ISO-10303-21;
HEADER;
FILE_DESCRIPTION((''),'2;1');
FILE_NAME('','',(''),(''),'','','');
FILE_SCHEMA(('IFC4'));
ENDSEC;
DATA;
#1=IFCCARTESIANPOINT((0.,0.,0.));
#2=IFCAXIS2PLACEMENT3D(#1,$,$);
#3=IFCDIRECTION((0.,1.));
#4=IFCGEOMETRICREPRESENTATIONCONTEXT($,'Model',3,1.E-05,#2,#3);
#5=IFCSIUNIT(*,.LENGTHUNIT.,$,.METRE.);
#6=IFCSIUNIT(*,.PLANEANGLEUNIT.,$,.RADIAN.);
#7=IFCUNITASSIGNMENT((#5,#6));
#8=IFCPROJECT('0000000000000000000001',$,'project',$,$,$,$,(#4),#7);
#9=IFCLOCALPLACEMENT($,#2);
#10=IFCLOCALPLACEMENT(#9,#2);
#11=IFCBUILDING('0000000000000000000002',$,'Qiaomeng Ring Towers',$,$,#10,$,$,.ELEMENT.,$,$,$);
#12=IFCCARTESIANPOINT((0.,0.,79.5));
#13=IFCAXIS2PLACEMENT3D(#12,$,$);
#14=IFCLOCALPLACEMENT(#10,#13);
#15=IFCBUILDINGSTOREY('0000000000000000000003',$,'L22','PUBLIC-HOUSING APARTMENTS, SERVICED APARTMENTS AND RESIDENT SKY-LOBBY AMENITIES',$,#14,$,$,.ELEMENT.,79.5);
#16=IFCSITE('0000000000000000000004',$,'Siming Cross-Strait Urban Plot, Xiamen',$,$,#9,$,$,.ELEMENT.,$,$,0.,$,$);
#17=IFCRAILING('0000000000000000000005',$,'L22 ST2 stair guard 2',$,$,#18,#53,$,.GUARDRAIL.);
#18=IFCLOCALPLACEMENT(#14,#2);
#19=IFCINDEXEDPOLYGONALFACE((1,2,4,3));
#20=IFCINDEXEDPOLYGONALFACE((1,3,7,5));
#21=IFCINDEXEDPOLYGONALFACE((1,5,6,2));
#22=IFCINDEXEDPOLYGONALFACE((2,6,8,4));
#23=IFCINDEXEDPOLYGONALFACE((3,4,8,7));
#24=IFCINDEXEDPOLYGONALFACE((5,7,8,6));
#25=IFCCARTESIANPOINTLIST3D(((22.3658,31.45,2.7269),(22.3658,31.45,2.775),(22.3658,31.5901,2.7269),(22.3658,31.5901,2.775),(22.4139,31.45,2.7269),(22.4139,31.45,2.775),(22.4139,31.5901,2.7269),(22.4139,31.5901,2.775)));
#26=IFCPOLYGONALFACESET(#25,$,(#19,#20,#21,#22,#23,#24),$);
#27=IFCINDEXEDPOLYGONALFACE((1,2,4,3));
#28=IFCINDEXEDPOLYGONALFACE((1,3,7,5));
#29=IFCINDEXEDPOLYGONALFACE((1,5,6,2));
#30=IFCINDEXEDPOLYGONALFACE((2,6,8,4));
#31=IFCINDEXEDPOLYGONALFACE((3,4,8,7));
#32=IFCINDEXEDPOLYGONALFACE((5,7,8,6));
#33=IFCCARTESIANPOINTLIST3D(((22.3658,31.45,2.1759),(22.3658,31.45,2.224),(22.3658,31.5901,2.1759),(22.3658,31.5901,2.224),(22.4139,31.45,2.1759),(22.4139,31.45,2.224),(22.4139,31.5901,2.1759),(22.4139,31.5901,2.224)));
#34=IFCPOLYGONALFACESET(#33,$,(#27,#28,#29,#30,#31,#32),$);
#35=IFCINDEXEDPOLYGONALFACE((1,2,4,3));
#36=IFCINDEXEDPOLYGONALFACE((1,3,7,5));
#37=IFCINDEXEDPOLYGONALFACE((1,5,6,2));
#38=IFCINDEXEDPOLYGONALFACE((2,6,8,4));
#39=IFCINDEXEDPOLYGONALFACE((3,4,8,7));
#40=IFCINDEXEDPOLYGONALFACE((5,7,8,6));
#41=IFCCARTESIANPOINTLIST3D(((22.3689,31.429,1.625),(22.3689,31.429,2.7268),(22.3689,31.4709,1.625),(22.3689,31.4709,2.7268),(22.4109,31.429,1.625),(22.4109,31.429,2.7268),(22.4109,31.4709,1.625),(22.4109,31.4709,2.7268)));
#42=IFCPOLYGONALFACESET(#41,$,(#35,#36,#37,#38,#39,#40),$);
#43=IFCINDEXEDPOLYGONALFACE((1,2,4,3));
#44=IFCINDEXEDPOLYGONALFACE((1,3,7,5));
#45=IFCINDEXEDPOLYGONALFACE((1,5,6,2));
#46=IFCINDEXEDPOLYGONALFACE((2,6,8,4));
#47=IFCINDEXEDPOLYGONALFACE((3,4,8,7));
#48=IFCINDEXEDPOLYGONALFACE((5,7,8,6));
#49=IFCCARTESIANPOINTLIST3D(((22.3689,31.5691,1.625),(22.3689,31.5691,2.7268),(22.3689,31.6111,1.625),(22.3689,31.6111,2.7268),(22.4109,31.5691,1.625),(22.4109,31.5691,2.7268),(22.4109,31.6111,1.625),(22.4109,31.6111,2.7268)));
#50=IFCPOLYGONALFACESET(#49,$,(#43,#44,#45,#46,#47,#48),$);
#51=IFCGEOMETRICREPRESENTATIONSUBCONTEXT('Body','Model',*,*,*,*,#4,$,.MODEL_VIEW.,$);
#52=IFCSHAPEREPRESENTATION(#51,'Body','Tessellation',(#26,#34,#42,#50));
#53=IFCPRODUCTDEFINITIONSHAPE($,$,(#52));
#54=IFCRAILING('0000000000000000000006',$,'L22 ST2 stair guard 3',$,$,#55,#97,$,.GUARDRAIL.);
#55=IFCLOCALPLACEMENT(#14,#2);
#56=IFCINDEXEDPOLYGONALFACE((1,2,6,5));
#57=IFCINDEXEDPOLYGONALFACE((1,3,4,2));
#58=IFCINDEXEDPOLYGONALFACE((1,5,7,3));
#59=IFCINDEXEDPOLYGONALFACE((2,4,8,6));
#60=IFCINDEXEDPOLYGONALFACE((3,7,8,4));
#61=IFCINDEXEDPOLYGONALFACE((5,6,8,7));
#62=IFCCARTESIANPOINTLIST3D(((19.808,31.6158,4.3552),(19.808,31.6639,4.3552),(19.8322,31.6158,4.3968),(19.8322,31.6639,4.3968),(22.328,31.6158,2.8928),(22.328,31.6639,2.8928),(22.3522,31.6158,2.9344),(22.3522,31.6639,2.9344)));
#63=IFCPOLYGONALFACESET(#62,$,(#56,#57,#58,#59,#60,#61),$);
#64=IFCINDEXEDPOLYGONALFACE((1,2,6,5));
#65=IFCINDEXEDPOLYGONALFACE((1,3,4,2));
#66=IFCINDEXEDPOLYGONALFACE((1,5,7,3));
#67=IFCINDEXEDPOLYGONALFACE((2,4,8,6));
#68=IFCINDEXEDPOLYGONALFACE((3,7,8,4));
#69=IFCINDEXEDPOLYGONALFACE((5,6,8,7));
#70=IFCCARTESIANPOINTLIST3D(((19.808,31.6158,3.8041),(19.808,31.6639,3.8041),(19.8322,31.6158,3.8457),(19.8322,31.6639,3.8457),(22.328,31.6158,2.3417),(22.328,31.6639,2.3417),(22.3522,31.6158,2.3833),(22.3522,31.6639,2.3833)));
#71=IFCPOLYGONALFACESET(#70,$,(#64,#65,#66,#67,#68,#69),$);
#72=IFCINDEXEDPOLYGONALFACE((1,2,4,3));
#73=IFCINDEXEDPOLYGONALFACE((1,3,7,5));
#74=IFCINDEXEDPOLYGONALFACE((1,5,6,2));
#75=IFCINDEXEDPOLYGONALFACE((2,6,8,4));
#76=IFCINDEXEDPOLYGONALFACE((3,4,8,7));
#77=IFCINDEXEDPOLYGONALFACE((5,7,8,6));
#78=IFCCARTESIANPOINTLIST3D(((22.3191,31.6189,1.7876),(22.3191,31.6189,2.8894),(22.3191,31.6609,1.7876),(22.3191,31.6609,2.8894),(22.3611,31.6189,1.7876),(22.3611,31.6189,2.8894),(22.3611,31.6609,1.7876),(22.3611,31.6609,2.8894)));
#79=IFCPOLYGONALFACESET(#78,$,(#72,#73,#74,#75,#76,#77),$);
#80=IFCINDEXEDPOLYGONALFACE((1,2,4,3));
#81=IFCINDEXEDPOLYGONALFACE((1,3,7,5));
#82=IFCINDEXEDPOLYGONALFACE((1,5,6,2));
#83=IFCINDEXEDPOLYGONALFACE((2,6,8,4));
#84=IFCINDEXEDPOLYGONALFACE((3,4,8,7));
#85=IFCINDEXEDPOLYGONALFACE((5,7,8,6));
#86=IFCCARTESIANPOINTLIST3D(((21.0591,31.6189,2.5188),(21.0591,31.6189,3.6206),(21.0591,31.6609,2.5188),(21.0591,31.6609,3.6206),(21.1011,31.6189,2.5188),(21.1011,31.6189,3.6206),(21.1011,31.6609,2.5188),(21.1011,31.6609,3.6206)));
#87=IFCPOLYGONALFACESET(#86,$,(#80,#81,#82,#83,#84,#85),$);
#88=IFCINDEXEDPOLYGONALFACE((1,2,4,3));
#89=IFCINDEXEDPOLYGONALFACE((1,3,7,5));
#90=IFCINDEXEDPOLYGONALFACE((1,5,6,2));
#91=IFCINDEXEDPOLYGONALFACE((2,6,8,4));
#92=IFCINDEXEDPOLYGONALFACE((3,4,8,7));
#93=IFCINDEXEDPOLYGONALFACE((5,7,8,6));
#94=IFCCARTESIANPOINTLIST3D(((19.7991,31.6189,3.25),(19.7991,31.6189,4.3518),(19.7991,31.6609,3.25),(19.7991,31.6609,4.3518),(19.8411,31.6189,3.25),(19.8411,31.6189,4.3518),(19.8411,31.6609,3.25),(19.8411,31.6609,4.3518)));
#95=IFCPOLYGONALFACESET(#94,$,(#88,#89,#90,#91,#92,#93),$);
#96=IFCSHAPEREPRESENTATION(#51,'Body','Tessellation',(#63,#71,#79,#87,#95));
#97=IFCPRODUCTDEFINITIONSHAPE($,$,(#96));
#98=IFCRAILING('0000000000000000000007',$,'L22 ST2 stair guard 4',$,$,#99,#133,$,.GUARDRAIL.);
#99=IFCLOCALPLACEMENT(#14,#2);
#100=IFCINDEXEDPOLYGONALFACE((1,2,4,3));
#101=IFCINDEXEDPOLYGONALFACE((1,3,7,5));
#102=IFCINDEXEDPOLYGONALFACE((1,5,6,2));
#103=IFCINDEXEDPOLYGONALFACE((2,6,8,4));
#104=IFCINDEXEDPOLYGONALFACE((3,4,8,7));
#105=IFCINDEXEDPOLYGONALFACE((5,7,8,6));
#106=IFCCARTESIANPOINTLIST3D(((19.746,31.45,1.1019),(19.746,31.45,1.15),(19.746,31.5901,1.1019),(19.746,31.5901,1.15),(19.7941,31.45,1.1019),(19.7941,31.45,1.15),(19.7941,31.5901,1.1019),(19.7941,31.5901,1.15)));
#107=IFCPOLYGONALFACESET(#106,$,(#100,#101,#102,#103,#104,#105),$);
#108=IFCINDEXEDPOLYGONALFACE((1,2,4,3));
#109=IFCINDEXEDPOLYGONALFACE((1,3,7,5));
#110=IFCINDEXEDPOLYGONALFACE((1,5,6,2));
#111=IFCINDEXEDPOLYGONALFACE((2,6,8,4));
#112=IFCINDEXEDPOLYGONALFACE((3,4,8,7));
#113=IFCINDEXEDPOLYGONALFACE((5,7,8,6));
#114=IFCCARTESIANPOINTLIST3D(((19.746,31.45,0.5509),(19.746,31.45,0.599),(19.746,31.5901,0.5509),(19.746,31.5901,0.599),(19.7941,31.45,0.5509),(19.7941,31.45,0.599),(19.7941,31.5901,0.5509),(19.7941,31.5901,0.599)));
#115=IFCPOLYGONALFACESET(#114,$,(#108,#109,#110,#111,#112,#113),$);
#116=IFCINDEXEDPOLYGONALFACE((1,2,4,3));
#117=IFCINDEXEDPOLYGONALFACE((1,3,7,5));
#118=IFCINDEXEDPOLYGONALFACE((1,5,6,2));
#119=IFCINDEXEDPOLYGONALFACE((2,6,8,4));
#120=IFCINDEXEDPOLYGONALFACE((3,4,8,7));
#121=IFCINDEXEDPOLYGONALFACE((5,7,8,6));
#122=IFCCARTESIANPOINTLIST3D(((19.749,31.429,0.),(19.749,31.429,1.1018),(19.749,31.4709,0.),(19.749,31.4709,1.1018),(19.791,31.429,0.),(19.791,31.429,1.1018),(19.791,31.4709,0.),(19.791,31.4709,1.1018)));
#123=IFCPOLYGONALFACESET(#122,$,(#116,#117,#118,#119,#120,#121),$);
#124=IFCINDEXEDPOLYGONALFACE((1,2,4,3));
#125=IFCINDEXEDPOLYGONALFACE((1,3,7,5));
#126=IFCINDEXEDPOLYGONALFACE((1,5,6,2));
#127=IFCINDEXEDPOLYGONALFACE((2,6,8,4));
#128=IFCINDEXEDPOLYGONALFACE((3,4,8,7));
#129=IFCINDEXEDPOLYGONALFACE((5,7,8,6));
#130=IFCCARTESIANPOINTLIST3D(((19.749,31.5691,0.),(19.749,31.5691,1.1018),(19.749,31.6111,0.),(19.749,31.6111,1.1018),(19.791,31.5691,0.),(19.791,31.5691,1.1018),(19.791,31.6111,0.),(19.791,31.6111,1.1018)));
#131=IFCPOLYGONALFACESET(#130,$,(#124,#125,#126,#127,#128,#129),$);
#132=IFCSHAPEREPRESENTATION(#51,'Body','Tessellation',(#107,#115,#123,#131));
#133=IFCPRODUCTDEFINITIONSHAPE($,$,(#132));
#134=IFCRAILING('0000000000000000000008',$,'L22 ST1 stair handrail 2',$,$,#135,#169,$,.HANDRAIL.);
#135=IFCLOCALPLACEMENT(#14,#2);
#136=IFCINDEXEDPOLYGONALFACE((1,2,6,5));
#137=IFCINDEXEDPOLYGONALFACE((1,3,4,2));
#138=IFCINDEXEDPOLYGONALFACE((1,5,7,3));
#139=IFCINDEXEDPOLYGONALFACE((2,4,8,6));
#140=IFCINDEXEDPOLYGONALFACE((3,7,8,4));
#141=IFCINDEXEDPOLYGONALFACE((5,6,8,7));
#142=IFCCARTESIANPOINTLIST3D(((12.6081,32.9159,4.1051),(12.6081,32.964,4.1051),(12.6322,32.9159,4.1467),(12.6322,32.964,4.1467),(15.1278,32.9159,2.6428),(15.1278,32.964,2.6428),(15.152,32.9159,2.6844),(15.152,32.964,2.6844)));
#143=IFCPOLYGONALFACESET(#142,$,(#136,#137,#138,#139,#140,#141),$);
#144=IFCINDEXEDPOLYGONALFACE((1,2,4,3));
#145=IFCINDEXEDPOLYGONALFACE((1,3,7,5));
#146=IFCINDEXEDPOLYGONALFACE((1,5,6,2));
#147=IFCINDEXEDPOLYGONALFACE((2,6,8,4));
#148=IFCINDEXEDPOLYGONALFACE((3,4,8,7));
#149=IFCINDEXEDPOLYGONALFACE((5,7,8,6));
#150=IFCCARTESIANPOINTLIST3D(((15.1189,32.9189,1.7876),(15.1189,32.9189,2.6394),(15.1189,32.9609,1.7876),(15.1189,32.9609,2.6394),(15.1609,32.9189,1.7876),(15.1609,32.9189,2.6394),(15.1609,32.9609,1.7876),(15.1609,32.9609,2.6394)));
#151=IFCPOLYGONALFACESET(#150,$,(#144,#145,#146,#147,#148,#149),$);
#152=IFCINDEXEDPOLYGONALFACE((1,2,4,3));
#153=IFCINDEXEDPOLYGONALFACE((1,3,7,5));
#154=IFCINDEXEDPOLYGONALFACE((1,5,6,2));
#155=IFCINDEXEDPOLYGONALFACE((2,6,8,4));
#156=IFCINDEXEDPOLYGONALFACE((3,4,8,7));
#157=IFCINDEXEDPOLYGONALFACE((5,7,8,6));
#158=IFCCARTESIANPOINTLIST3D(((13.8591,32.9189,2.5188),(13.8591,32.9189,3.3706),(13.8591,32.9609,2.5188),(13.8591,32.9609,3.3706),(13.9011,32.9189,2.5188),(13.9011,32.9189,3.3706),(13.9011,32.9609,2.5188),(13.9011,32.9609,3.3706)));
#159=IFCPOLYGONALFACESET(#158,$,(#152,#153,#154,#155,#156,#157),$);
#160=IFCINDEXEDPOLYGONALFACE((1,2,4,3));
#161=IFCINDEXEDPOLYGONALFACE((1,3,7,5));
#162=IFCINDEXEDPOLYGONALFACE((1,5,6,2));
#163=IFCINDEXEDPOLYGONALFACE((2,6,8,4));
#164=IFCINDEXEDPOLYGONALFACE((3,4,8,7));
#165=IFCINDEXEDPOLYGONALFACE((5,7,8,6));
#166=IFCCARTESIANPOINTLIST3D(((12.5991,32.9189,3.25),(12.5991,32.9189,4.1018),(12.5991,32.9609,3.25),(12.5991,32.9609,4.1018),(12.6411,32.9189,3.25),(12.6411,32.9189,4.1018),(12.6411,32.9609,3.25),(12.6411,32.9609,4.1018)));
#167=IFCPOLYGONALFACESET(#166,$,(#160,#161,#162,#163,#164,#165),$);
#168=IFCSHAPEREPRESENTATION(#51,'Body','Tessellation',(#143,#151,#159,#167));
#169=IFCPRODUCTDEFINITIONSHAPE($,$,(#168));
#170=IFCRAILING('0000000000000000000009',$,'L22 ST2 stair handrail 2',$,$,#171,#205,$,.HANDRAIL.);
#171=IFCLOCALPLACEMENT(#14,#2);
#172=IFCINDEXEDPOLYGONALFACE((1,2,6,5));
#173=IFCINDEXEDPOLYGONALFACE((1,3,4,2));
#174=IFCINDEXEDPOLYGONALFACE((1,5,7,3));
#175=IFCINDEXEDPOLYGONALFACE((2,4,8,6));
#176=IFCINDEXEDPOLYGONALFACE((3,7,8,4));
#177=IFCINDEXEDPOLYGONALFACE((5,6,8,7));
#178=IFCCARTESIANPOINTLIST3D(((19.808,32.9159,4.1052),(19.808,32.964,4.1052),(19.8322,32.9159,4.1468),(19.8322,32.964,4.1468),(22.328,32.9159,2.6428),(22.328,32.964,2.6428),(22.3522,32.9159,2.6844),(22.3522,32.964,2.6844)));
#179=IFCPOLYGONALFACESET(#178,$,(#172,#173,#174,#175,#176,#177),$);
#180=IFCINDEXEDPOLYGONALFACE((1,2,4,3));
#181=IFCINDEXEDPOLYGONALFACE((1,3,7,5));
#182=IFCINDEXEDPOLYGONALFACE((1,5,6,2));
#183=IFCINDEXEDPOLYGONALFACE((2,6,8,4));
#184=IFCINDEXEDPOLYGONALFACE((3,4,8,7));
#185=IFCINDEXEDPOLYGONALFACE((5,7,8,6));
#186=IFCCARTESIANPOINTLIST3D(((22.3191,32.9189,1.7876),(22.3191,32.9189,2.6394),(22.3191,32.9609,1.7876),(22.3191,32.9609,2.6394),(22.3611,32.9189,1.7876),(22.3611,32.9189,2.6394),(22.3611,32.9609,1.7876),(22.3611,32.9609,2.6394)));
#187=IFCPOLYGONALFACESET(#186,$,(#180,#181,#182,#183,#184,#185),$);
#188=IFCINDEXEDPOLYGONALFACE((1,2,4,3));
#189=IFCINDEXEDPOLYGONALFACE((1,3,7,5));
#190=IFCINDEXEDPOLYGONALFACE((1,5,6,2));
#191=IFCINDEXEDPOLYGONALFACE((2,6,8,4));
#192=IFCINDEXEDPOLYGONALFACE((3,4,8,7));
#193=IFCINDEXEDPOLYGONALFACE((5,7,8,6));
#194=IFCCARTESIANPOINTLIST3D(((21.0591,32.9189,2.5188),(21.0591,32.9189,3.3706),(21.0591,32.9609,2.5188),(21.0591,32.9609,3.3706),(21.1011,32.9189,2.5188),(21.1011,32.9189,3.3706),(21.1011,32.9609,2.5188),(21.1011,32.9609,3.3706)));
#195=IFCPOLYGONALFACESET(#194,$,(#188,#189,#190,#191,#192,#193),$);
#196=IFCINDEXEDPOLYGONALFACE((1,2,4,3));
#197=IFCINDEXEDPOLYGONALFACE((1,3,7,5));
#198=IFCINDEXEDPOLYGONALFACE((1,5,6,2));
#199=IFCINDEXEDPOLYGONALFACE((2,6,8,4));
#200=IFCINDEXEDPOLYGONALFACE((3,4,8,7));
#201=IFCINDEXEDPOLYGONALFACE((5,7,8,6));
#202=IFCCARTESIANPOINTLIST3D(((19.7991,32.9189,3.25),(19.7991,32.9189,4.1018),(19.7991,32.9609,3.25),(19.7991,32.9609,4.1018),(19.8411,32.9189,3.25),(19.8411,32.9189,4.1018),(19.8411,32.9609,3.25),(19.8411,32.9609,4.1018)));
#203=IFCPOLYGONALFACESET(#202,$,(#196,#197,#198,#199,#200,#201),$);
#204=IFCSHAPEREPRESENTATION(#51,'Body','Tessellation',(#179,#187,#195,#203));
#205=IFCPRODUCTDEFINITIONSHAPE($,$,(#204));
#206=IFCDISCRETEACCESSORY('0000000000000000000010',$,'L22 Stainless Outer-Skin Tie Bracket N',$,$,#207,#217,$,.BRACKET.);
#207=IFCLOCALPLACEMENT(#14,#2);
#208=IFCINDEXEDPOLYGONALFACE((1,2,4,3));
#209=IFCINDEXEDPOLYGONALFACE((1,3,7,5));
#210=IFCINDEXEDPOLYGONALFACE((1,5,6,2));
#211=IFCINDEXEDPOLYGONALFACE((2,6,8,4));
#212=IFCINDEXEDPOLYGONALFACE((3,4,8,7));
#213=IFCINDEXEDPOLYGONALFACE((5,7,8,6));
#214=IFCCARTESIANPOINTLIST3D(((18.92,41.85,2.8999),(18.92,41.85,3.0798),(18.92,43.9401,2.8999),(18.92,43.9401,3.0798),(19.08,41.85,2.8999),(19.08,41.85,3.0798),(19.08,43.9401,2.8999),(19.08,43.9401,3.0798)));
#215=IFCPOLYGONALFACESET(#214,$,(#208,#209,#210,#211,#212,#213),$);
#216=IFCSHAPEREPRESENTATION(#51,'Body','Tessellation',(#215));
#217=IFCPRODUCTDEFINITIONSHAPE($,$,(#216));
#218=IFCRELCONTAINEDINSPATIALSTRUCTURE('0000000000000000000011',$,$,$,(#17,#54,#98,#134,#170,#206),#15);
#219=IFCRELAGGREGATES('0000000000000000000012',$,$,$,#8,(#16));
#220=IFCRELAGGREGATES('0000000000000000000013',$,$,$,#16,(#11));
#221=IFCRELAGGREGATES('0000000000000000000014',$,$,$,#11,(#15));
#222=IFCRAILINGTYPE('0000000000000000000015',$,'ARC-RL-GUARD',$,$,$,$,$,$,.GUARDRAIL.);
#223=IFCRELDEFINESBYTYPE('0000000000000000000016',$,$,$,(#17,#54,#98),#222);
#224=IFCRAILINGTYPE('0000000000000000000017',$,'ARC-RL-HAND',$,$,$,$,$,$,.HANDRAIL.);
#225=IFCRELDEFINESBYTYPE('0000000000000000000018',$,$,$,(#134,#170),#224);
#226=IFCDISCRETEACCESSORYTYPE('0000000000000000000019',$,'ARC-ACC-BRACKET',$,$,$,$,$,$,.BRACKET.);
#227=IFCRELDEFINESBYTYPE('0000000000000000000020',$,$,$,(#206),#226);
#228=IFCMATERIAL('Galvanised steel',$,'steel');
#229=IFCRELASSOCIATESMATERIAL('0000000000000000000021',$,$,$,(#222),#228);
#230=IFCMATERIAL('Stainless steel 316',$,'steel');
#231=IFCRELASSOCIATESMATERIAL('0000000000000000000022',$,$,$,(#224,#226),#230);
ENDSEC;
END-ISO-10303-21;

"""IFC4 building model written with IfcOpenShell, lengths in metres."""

from ifc_helpers import new_model, si_unit, direction, frame, origin, origin_2d, place, context, subcontext, project, spatial, rectangle, extrude, source, transform, mapped, material, type_object, element, save


model = new_model("IFC4")

# Units and contexts
model_context = context("Model", 3, precision=1e-05, world=origin(), true_north=direction((0.0, 1.0)))
body_context = subcontext(model_context, "Body", "Model", "MODEL_VIEW")
ifc_project = project(units=[si_unit("LENGTHUNIT", "METRE"), si_unit("PLANEANGLEUNIT", "RADIAN")], contexts=[model_context])

# Site, building, storey
site_placement = place(None, origin())
site = spatial("IfcSite", under=ifc_project, at=site_placement, Name="Siming Cross-Strait Urban Plot, Xiamen", CompositionType="ELEMENT", RefElevation=0.0)
building_placement = place(site_placement, origin())
building = spatial("IfcBuilding", under=site, at=building_placement, Name="Qiaomeng Ring Towers", CompositionType="ELEMENT")
storey_placement = place(building_placement, frame((0.0, 0.0, 79.5)))
storey = spatial("IfcBuildingStorey", under=building, at=storey_placement, Name="L22", Description="PUBLIC-HOUSING APARTMENTS, SERVICED APARTMENTS AND RESIDENT SKY-LOBBY AMENITIES", CompositionType="ELEMENT", Elevation=79.5)

# Shared definitions
ifc_material_1 = material(Name="Galvanised steel", Category="steel")

# Railings
railing_type_1 = type_object("IfcRailingType", Name="ARC-RL-GUARD", PredefinedType="GUARDRAIL", material=ifc_material_1)
railing_1_placement = place(storey_placement, frame((22.3899, 31.45, 1.625)))
element("IfcRailing", 1, at=railing_1_placement, inside=storey, type_object=railing_type_1, Name="L22 ST2 stair guard 2", PredefinedType="GUARDRAIL", context=body_context, shape_type="SweptSolid", body=[
    extrude(rectangle(XDim=0.0481, YDim=0.0481, at=origin_2d()), frame((0.0, 0.0, 1.126), z_axis=(0.0, 1.0, 0.0), x_axis=(-1.0, 0.0, 0.0)), (0.0, 0.0, 1.0), 0.1401),
    extrude(rectangle(XDim=0.0481, YDim=0.0481, at=origin_2d()), frame((0.0, 0.0, 0.575), z_axis=(0.0, 1.0, 0.0), x_axis=(-1.0, 0.0, 0.0)), (0.0, 0.0, 1.0), 0.1401),
    extrude(rectangle(XDim=0.042, YDim=0.042, at=origin_2d()), origin(), (0.0, 0.0, 1.0), 1.1018),
    extrude(rectangle(XDim=0.042, YDim=0.042, at=origin_2d()), frame((0.0, 0.1401, 0.0)), (0.0, 0.0, 1.0), 1.1018),
])
railing_2_placement = place(storey_placement, frame((22.3401, 31.6399, 1.7876)))
element("IfcRailing", 2, at=railing_2_placement, inside=storey, type_object=railing_type_1, Name="L22 ST2 stair guard 3", PredefinedType="GUARDRAIL", context=body_context, shape_type="SweptSolid", body=[
    extrude(rectangle(XDim=0.0481, YDim=0.0481, at=origin_2d()), frame((0.0, 0.0, 1.126), z_axis=(-0.864913, 0.0, 0.501921), x_axis=(0.0, -1.0, 0.0)), (0.0, 0.0, 1.0), 2.9136),
    extrude(rectangle(XDim=0.0481, YDim=0.0481, at=origin_2d()), frame((0.0, 0.0, 0.575), z_axis=(-0.864913, 0.0, 0.501921), x_axis=(0.0, -1.0, 0.0)), (0.0, 0.0, 1.0), 2.9136),
    extrude(rectangle(XDim=0.042, YDim=0.042, at=origin_2d()), origin(), (0.0, 0.0, 1.0), 1.1018),
    extrude(rectangle(XDim=0.042, YDim=0.042, at=origin_2d()), frame((-1.26, 0.0, 0.7312)), (0.0, 0.0, 1.0), 1.1018),
    extrude(rectangle(XDim=0.042, YDim=0.042, at=origin_2d()), frame((-2.52, 0.0, 1.4624)), (0.0, 0.0, 1.0), 1.1018),
])
railing_3_placement = place(storey_placement, frame((19.77, 31.45, 0.0)))
element("IfcRailing", 3, at=railing_3_placement, inside=storey, type_object=railing_type_1, Name="L22 ST2 stair guard 4", PredefinedType="GUARDRAIL", context=body_context, shape_type="SweptSolid", body=[
    extrude(rectangle(XDim=0.0481, YDim=0.0481, at=origin_2d()), frame((0.0, 0.0, 1.126), z_axis=(0.0, 1.0, 0.0), x_axis=(-1.0, 0.0, 0.0)), (0.0, 0.0, 1.0), 0.1401),
    extrude(rectangle(XDim=0.0481, YDim=0.0481, at=origin_2d()), frame((0.0, 0.0, 0.575), z_axis=(0.0, 1.0, 0.0), x_axis=(-1.0, 0.0, 0.0)), (0.0, 0.0, 1.0), 0.1401),
    extrude(rectangle(XDim=0.042, YDim=0.042, at=origin_2d()), origin(), (0.0, 0.0, 1.0), 1.1018),
    extrude(rectangle(XDim=0.042, YDim=0.042, at=origin_2d()), frame((0.0, 0.1401, 0.0)), (0.0, 0.0, 1.0), 1.1018),
])
ifc_material_2 = material(Name="Stainless steel 316", Category="steel")
railing_type_2 = type_object("IfcRailingType", Name="ARC-RL-HAND", PredefinedType="HANDRAIL", material=ifc_material_2)
railing_4_placement = place(storey_placement, frame((15.1399, 32.9399, 1.7876)))
element("IfcRailing", 4, at=railing_4_placement, inside=storey, type_object=railing_type_2, Name="L22 ST1 stair handrail 2", PredefinedType="HANDRAIL", context=body_context, shape_type="SweptSolid", body=[
    extrude(rectangle(XDim=0.0481, YDim=0.0481, at=origin_2d()), frame((0.0, 0.0, 0.876), z_axis=(-0.864892, 0.0, 0.501958), x_axis=(0.0, -1.0, 0.0)), (0.0, 0.0, 1.0), 2.9133),
    extrude(rectangle(XDim=0.042, YDim=0.042, at=origin_2d()), origin(), (0.0, 0.0, 1.0), 0.8518),
    extrude(rectangle(XDim=0.042, YDim=0.042, at=origin_2d()), frame((-1.2598, 0.0, 0.7312)), (0.0, 0.0, 1.0), 0.8518),
    extrude(rectangle(XDim=0.042, YDim=0.042, at=origin_2d()), frame((-2.5198, 0.0, 1.4624)), (0.0, 0.0, 1.0), 0.8518),
])
railing_5_placement = place(storey_placement, frame((22.3401, 32.9399, 1.7876)))
element("IfcRailing", 5, at=railing_5_placement, inside=storey, type_object=railing_type_2, Name="L22 ST2 stair handrail 2", PredefinedType="HANDRAIL", context=body_context, shape_type="SweptSolid", body=[
    extrude(rectangle(XDim=0.0481, YDim=0.0481, at=origin_2d()), frame((0.0, 0.0, 0.876), z_axis=(-0.864913, 0.0, 0.501921), x_axis=(0.0, -1.0, 0.0)), (0.0, 0.0, 1.0), 2.9136),
    extrude(rectangle(XDim=0.042, YDim=0.042, at=origin_2d()), origin(), (0.0, 0.0, 1.0), 0.8518),
    extrude(rectangle(XDim=0.042, YDim=0.042, at=origin_2d()), frame((-1.26, 0.0, 0.7312)), (0.0, 0.0, 1.0), 0.8518),
    extrude(rectangle(XDim=0.042, YDim=0.042, at=origin_2d()), frame((-2.52, 0.0, 1.4624)), (0.0, 0.0, 1.0), 0.8518),
])

# Discrete accessory
discrete_accessory_type = type_object("IfcDiscreteAccessoryType", Name="ARC-ACC-BRACKET", PredefinedType="BRACKET", material=ifc_material_2)
shared_shape_1 = source(origin(), body_context, "Body", "SweptSolid", [
    extrude(rectangle(XDim=0.1599, YDim=2.0901, at=origin_2d()), origin(), (0.0, 0.0, 1.0), 0.1799),
])
discrete_accessory_placement = place(storey_placement, frame((19.0, 42.895, 2.8999), z_axis=(0.0, 0.0, 1.0), x_axis=(1.0, 0.0, 0.0)))
element("IfcDiscreteAccessory", 6, at=discrete_accessory_placement, inside=storey, type_object=discrete_accessory_type, Name="L22 Stainless Outer-Skin Tie Bracket N", PredefinedType="BRACKET", context=body_context, shape_type="MappedRepresentation", body=[
    mapped(shared_shape_1, transform((0.0, 0.0, 0.0), x_axis=(1.0, 0.0, 0.0), y_axis=(0.0, 1.0, 0.0), z_axis=(0.0, 0.0, 1.0), scale=1.0)),
])

save(model, "model.ifc")
